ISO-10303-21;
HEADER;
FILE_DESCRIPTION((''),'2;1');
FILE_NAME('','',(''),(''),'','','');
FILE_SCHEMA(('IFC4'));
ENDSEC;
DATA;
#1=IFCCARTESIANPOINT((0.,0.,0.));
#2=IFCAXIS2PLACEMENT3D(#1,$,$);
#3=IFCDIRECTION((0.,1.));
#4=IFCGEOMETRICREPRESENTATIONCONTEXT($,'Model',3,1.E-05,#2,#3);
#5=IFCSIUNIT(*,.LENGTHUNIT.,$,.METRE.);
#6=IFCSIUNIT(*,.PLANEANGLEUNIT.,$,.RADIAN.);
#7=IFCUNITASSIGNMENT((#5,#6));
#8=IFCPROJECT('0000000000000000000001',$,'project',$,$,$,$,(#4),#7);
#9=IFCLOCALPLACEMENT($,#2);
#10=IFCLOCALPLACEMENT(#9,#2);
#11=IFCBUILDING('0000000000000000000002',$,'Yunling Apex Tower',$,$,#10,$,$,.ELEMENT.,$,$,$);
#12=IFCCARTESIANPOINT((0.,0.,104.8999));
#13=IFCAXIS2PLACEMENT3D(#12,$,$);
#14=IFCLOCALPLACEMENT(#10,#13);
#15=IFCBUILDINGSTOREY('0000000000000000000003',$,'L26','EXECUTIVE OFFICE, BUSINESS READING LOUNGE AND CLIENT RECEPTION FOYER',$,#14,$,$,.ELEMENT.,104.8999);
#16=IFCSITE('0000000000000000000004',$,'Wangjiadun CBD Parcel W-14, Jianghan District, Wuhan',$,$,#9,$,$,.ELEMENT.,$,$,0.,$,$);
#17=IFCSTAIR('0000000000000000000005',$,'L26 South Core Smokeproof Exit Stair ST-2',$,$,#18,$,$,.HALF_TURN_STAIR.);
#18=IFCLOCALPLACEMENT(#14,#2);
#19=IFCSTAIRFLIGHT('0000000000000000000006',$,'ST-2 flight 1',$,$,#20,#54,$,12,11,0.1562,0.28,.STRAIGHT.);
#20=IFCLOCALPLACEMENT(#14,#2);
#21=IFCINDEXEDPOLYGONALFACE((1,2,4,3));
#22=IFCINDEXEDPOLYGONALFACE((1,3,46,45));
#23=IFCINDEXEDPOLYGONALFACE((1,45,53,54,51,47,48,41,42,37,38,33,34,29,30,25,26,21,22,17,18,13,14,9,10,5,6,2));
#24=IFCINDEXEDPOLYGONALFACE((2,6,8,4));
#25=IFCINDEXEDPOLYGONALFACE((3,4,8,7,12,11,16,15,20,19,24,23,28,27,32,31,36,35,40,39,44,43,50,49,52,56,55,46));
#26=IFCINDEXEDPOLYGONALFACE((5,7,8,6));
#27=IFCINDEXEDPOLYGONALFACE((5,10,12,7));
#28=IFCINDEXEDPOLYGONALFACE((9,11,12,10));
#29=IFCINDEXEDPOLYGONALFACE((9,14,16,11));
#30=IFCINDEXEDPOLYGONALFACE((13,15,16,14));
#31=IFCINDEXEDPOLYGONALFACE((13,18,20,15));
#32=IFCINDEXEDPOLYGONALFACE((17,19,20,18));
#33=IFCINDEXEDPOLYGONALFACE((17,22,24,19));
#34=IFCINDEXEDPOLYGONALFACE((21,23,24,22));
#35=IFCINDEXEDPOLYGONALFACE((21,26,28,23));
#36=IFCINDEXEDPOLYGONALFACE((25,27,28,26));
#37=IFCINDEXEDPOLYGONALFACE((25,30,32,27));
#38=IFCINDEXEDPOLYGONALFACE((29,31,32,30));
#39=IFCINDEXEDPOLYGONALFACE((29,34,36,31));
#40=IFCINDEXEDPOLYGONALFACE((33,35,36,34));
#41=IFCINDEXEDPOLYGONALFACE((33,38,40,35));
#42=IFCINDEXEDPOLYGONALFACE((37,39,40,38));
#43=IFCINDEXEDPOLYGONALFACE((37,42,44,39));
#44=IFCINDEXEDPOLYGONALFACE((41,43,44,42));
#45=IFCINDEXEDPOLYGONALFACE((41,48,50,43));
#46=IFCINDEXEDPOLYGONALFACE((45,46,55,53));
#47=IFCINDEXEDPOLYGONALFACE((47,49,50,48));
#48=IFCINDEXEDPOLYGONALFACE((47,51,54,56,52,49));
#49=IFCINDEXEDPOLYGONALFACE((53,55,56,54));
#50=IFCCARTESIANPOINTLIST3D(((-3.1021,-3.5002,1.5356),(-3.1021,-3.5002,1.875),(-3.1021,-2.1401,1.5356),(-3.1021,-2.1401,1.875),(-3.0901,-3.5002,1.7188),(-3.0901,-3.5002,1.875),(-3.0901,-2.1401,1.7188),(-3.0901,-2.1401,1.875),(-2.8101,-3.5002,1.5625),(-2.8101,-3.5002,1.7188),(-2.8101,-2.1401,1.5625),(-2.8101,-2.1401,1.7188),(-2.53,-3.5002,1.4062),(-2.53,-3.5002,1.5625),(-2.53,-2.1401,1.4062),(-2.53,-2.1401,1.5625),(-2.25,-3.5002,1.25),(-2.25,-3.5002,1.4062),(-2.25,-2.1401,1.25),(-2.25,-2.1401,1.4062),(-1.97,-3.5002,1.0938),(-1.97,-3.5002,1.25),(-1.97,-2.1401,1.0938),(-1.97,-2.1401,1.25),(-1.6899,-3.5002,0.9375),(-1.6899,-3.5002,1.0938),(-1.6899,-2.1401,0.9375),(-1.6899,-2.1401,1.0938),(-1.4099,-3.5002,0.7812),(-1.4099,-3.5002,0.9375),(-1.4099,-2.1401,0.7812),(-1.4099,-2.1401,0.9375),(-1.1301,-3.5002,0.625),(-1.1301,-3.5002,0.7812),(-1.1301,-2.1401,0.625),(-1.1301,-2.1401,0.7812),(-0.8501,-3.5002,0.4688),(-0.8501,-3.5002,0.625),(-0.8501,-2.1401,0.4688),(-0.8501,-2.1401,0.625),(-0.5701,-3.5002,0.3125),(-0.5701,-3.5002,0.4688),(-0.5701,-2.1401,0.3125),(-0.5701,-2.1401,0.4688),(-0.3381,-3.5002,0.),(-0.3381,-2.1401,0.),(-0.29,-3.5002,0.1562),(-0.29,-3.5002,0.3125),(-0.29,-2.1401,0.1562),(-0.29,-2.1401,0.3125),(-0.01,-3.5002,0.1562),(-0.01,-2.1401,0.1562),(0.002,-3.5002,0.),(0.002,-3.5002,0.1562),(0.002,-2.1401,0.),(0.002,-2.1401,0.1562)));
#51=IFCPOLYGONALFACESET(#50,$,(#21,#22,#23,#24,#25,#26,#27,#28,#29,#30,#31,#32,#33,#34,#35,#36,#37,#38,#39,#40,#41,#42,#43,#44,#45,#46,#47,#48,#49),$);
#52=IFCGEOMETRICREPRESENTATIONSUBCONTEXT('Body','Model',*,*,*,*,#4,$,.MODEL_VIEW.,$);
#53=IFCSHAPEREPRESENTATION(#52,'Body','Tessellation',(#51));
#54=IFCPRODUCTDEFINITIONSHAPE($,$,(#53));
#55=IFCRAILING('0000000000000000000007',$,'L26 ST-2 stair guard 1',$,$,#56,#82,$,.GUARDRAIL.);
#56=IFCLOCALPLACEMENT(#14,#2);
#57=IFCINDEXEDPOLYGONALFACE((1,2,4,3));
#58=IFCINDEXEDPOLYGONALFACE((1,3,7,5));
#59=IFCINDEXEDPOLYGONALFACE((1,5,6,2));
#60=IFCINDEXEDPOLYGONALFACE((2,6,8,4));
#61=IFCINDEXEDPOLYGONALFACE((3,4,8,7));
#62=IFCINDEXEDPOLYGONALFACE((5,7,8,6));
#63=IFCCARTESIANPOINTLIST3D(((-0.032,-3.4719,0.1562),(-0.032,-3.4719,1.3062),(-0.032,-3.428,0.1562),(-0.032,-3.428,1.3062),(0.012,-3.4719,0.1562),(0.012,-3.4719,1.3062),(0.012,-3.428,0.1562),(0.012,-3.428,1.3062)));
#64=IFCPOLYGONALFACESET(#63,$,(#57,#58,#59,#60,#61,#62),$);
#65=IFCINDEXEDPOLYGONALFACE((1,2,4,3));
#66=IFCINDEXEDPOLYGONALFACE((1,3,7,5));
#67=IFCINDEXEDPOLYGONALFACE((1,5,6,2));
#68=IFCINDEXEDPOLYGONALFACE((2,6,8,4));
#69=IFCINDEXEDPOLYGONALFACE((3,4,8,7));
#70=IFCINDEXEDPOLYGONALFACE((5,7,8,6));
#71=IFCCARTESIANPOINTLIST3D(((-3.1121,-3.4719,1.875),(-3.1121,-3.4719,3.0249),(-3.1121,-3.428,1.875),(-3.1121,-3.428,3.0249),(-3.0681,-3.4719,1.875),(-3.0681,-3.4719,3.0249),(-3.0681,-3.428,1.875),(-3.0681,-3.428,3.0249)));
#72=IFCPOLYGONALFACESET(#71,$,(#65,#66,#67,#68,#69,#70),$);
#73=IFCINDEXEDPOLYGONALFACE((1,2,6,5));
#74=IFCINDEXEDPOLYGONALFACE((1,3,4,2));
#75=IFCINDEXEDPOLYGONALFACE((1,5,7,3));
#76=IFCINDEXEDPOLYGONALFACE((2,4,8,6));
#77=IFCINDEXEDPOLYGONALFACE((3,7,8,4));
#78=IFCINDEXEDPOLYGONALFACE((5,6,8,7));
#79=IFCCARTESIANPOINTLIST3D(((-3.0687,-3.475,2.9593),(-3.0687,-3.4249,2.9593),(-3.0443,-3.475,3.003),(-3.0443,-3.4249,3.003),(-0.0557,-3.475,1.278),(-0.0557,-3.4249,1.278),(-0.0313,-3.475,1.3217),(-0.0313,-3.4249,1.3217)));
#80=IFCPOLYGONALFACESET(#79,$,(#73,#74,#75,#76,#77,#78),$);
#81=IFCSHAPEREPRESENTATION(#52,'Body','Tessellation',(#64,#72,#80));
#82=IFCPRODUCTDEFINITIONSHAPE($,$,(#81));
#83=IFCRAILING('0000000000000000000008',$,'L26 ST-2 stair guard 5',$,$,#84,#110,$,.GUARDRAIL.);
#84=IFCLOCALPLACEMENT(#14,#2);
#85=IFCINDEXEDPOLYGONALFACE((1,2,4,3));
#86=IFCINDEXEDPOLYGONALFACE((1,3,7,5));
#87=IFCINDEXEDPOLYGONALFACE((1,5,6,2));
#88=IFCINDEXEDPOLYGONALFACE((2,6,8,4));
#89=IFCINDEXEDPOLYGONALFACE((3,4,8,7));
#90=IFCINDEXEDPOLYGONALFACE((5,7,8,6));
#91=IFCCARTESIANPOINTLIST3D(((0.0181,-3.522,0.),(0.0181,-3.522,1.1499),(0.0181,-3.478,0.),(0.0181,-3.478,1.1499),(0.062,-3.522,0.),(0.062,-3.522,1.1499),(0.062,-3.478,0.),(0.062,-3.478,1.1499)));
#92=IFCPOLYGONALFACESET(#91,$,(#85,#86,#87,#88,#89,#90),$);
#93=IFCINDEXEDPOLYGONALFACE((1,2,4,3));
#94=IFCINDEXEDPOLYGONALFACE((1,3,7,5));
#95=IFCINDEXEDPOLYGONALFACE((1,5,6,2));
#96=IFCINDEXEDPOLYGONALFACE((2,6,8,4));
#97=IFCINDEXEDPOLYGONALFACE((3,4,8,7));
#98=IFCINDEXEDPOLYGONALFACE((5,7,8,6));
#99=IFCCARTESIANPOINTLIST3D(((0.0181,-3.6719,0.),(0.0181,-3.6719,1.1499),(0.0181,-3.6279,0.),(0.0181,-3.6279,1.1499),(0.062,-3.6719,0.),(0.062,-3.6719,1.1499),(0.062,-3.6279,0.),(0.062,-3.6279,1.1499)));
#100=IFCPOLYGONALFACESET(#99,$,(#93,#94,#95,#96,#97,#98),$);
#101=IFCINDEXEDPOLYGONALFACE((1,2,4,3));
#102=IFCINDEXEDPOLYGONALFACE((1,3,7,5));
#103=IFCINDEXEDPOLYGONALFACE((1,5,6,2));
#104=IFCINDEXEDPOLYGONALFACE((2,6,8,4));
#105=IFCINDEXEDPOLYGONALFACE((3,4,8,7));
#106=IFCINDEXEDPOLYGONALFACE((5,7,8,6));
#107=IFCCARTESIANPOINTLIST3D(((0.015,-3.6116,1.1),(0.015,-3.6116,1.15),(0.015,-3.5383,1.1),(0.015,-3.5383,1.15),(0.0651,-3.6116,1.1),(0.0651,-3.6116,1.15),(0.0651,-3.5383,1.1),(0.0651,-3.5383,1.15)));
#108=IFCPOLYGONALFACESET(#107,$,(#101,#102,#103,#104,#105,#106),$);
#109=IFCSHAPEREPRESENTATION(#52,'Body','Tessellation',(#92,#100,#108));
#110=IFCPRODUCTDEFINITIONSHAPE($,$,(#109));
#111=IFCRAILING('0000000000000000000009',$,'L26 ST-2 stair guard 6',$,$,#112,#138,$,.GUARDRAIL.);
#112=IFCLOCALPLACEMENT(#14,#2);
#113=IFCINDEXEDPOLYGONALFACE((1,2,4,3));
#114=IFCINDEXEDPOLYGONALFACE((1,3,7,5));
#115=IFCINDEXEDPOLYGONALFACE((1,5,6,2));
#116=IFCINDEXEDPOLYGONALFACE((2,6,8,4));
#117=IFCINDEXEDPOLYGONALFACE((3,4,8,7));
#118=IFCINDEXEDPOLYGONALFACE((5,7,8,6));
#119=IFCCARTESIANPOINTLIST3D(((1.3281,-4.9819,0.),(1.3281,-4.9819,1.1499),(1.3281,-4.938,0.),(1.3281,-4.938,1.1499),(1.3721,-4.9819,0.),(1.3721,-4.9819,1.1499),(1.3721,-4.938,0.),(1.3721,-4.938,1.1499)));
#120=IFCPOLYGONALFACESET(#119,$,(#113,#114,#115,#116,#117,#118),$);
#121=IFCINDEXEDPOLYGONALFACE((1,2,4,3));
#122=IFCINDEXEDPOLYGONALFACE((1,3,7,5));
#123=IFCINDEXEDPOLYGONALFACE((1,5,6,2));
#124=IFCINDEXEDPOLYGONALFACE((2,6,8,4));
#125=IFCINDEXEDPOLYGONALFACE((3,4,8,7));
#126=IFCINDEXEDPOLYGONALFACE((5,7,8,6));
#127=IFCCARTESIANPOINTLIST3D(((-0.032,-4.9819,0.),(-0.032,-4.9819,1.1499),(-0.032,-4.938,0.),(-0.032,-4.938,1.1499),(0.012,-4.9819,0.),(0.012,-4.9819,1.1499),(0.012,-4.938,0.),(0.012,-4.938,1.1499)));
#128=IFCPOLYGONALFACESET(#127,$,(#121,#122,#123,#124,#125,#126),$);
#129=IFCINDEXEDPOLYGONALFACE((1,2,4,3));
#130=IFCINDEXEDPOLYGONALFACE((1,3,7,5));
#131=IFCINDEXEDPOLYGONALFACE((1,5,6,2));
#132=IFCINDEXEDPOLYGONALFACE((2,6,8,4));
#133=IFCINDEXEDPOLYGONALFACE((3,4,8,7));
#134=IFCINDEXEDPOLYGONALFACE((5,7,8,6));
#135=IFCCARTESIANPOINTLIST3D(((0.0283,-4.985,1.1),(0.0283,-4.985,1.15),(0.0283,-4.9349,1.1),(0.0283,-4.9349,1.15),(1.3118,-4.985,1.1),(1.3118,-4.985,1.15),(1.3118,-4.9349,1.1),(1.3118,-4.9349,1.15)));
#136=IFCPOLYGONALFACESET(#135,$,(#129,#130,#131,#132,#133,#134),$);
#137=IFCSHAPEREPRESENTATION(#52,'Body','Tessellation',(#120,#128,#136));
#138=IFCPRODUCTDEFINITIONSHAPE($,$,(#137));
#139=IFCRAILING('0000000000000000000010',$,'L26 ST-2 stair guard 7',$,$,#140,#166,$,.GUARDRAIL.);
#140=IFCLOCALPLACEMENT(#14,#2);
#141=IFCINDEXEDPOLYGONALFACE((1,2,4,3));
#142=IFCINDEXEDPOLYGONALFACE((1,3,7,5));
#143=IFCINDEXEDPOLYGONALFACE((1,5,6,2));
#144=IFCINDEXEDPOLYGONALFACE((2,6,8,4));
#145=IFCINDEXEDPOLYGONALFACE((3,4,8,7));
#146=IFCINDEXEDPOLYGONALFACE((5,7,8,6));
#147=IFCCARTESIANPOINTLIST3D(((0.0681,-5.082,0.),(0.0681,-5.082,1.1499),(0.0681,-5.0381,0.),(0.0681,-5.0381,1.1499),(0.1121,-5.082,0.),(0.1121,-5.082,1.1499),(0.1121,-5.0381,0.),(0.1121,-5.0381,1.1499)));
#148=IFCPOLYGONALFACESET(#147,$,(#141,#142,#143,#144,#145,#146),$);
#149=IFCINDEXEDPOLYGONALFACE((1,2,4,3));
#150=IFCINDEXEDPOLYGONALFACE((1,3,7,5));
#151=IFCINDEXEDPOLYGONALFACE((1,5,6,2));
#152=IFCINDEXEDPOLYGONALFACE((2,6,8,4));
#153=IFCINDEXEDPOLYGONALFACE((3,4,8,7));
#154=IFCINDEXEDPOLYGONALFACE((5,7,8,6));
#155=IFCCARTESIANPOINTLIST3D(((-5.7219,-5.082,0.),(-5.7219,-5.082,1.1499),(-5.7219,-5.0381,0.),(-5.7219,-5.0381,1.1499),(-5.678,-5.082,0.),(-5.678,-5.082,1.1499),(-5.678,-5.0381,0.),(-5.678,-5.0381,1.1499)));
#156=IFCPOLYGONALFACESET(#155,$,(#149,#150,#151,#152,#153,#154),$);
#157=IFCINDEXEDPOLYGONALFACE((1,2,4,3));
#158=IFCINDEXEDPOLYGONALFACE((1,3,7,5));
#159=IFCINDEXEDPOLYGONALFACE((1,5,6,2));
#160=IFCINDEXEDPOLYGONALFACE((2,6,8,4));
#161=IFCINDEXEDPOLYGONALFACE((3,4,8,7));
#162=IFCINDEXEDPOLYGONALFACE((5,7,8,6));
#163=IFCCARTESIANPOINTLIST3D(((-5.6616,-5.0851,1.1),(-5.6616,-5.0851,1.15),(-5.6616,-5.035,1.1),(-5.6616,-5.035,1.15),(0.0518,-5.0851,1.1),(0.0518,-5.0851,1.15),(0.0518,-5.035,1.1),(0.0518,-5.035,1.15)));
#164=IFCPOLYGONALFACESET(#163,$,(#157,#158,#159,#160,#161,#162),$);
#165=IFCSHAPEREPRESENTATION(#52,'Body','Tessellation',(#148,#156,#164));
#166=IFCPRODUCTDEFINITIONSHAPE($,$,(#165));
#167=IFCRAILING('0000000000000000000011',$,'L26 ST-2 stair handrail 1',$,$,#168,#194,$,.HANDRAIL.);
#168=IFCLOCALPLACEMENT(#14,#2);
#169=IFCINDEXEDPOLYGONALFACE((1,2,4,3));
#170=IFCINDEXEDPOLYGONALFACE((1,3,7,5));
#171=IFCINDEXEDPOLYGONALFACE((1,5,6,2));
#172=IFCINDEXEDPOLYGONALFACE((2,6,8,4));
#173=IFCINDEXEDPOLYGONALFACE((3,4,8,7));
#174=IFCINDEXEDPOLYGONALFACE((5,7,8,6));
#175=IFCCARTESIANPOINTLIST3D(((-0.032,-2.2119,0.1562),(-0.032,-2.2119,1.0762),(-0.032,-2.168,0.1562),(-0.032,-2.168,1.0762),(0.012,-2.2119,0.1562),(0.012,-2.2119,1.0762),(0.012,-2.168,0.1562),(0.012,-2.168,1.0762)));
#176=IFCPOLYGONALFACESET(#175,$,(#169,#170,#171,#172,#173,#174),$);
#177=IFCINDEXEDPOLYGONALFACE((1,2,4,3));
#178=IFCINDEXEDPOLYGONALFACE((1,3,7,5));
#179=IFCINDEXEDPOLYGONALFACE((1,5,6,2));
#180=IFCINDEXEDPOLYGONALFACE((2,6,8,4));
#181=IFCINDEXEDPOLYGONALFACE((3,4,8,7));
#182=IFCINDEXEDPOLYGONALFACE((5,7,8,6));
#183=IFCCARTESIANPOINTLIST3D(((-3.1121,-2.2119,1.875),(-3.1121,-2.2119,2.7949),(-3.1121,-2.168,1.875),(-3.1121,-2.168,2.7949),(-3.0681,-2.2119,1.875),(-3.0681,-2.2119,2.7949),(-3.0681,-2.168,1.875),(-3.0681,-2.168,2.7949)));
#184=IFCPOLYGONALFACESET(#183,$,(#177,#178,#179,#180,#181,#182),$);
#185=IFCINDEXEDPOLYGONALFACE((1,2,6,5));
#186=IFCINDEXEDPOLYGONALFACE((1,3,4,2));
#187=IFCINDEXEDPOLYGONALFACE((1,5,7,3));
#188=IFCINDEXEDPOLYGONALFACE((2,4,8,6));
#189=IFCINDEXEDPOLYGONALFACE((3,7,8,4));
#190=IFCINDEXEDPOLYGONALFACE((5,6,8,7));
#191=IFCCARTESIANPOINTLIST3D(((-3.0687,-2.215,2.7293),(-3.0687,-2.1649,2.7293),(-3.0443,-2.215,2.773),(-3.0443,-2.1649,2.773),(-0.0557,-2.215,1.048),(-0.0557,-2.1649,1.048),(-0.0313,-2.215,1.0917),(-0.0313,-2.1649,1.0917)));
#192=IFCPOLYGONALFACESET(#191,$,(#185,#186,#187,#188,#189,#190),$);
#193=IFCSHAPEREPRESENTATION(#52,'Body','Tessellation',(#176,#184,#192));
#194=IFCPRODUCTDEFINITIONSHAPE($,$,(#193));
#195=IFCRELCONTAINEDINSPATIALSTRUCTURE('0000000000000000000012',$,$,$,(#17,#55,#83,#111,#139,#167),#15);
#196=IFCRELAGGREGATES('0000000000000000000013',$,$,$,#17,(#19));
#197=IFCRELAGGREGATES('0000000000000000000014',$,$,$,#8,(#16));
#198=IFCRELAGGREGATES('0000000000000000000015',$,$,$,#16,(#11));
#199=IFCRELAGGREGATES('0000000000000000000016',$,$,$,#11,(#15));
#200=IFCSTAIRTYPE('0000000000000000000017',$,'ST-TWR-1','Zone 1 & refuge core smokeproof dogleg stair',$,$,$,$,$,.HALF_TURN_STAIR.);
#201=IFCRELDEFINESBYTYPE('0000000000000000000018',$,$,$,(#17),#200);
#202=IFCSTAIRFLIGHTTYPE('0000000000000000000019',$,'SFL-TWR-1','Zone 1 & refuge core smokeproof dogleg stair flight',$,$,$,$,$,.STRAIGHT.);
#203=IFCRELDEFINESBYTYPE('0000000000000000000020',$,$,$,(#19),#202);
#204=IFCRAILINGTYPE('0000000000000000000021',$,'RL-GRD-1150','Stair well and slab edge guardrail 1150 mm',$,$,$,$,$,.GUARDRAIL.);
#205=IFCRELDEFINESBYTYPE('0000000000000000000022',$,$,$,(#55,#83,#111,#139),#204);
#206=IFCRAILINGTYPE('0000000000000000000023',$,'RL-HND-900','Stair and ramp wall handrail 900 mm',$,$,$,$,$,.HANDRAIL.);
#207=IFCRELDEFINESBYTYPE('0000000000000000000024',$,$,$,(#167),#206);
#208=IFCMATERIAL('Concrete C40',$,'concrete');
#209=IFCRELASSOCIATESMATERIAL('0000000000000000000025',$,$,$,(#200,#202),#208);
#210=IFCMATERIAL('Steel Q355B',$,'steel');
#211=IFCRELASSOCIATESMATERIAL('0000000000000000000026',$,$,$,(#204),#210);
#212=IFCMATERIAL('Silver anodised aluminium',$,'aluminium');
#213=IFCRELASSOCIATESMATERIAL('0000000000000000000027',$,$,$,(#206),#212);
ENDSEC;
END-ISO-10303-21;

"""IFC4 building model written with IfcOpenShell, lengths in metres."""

from ifc_helpers import new_model, si_unit, direction, frame, origin, origin_2d, place, context, subcontext, project, spatial, polyline, rectangle, outline, extrude, material, type_object, element, aggregate, save


model = new_model("IFC4")

# Units and contexts
model_context = context("Model", 3, precision=1e-05, world=origin(), true_north=direction((0.0, 1.0)))
body_context = subcontext(model_context, "Body", "Model", "MODEL_VIEW")
ifc_project = project(units=[si_unit("LENGTHUNIT", "METRE"), si_unit("PLANEANGLEUNIT", "RADIAN")], contexts=[model_context])

# Site, building, storey
site_placement = place(None, origin())
site = spatial("IfcSite", under=ifc_project, at=site_placement, Name="Wangjiadun CBD Parcel W-14, Jianghan District, Wuhan", CompositionType="ELEMENT", RefElevation=0.0)
building_placement = place(site_placement, origin())
building = spatial("IfcBuilding", under=site, at=building_placement, Name="Yunling Apex Tower", CompositionType="ELEMENT")
storey_placement = place(building_placement, frame((0.0, 0.0, 104.8999)))
storey = spatial("IfcBuildingStorey", under=building, at=storey_placement, Name="L26", Description="EXECUTIVE OFFICE, BUSINESS READING LOUNGE AND CLIENT RECEPTION FOYER", CompositionType="ELEMENT", Elevation=104.8999)

# Shared definitions
ifc_material_1 = material(Name="Concrete C40", Category="concrete")

# Shared definitions
ifc_material_2 = material(Name="Steel Q355B", Category="steel")

# Stair, stair flight
stair_type = type_object("IfcStairType", Name="ST-TWR-1", Description="Zone 1 & refuge core smokeproof dogleg stair", PredefinedType="HALF_TURN_STAIR", material=ifc_material_1)
stair_placement = place(storey_placement, origin())
stair = element("IfcStair", 1, at=stair_placement, inside=storey, type_object=stair_type, Name="L26 South Core Smokeproof Exit Stair ST-2", PredefinedType="HALF_TURN_STAIR")
stair_flight_type = type_object("IfcStairFlightType", Name="SFL-TWR-1", Description="Zone 1 & refuge core smokeproof dogleg stair flight", PredefinedType="STRAIGHT", material=ifc_material_1)
stair_flight_placement = place(storey_placement, frame((-0.01, -2.8201, 0.0), z_axis=(0.0, 0.0, 1.0), x_axis=(-1.0, 0.0, 0.0)))
stair_flight = element("IfcStairFlight", 2, at=stair_flight_placement, type_object=stair_flight_type, Name="ST-2 flight 1", NumberOfRisers=12, NumberOfTreads=11, PredefinedType="STRAIGHT", RiserHeight=0.1562, TreadLength=0.28, context=body_context, shape_type="SweptSolid", body=[
    extrude(outline(polyline([(-0.012, 0.0), (-0.012, 0.1562), (0.0, 0.1562), (0.28, 0.1562), (0.28, 0.3125), (0.5601, 0.3125), (0.5601, 0.4688), (0.8401, 0.4688), (0.8401, 0.625), (1.1201, 0.625), (1.1201, 0.7812), (1.3999, 0.7812), (1.3999, 0.9375), (1.6799, 0.9375), (1.6799, 1.0938), (1.96, 1.0938), (1.96, 1.25), (2.24, 1.25), (2.24, 1.4062), (2.52, 1.4062), (2.52, 1.5625), (2.8, 1.5625), (2.8, 1.7188), (3.0801, 1.7188), (3.0801, 1.875), (3.092, 1.875), (3.092, 1.5356), (0.3281, 0.0), (-0.012, 0.0)])), frame((0.0, 0.6802, 0.0), z_axis=(0.0, -1.0, 0.0), x_axis=(1.0, 0.0, 0.0)), (0.0, 0.0, 1.0), 1.3601),
])
aggregate(stair, [stair_flight])

# Railings
railing_type_1 = type_object("IfcRailingType", Name="RL-GRD-1150", Description="Stair well and slab edge guardrail 1150 mm", PredefinedType="GUARDRAIL", material=ifc_material_2)
railing_1_placement = place(storey_placement, frame((-0.01, -3.45, 0.1562)))
element("IfcRailing", 3, at=railing_1_placement, inside=storey, type_object=railing_type_1, Name="L26 ST-2 stair guard 1", PredefinedType="GUARDRAIL", context=body_context, shape_type="SweptSolid", body=[
    extrude(rectangle(XDim=0.0439, YDim=0.0439, at=origin_2d()), origin(), (0.0, 0.0, 1.0), 1.1499),
    extrude(rectangle(XDim=0.0439, YDim=0.0439, at=origin_2d()), frame((-3.0801, 0.0, 1.7188)), (0.0, 0.0, 1.0), 1.1499),
    extrude(rectangle(XDim=0.05, YDim=0.05, at=origin_2d()), frame((-0.0334, 0.0, 1.1436), z_axis=(-0.873242, 0.0, 0.487288), x_axis=(0.0, -1.0, 0.0)), (0.0, 0.0, 1.0), 3.4504),
])
railing_2_placement = place(storey_placement, frame((0.04, -3.5, 0.0)))
element("IfcRailing", 4, at=railing_2_placement, inside=storey, type_object=railing_type_1, Name="L26 ST-2 stair guard 5", PredefinedType="GUARDRAIL", context=body_context, shape_type="SweptSolid", body=[
    extrude(rectangle(XDim=0.0439, YDim=0.0439, at=origin_2d()), origin(), (0.0, 0.0, 1.0), 1.1499),
    extrude(rectangle(XDim=0.0439, YDim=0.0439, at=origin_2d()), frame((0.0, -0.1499, 0.0)), (0.0, 0.0, 1.0), 1.1499),
    extrude(rectangle(XDim=0.05, YDim=0.05, at=origin_2d()), frame((0.0, -0.0383, 1.125), z_axis=(0.0, -1.0, 0.0), x_axis=(1.0, 0.0, 0.0)), (0.0, 0.0, 1.0), 0.0732),
])
railing_3_placement = place(storey_placement, frame((1.3501, -4.96, 0.0)))
element("IfcRailing", 5, at=railing_3_placement, inside=storey, type_object=railing_type_1, Name="L26 ST-2 stair guard 6", PredefinedType="GUARDRAIL", context=body_context, shape_type="SweptSolid", body=[
    extrude(rectangle(XDim=0.0439, YDim=0.0439, at=origin_2d()), origin(), (0.0, 0.0, 1.0), 1.1499),
    extrude(rectangle(XDim=0.0439, YDim=0.0439, at=origin_2d()), frame((-1.3601, 0.0, 0.0)), (0.0, 0.0, 1.0), 1.1499),
    extrude(rectangle(XDim=0.05, YDim=0.05, at=origin_2d()), frame((-0.0383, 0.0, 1.125), z_axis=(-1.0, 0.0, 0.0), x_axis=(0.0, -1.0, 0.0)), (0.0, 0.0, 1.0), 1.2834),
])
railing_4_placement = place(storey_placement, frame((0.0901, -5.0601, 0.0)))
element("IfcRailing", 6, at=railing_4_placement, inside=storey, type_object=railing_type_1, Name="L26 ST-2 stair guard 7", PredefinedType="GUARDRAIL", context=body_context, shape_type="SweptSolid", body=[
    extrude(rectangle(XDim=0.0439, YDim=0.0439, at=origin_2d()), origin(), (0.0, 0.0, 1.0), 1.1499),
    extrude(rectangle(XDim=0.0439, YDim=0.0439, at=origin_2d()), frame((-5.79, 0.0, 0.0)), (0.0, 0.0, 1.0), 1.1499),
    extrude(rectangle(XDim=0.05, YDim=0.05, at=origin_2d()), frame((-0.0383, 0.0, 1.125), z_axis=(-1.0, 0.0, 0.0), x_axis=(0.0, -1.0, 0.0)), (0.0, 0.0, 1.0), 5.7134),
])
ifc_material_3 = material(Name="Silver anodised aluminium", Category="aluminium")
railing_type_2 = type_object("IfcRailingType", Name="RL-HND-900", Description="Stair and ramp wall handrail 900 mm", PredefinedType="HANDRAIL", material=ifc_material_3)
railing_5_placement = place(storey_placement, frame((-0.01, -2.1899, 0.1562)))
element("IfcRailing", 7, at=railing_5_placement, inside=storey, type_object=railing_type_2, Name="L26 ST-2 stair handrail 1", PredefinedType="HANDRAIL", context=body_context, shape_type="SweptSolid", body=[
    extrude(rectangle(XDim=0.0439, YDim=0.0439, at=origin_2d()), origin(), (0.0, 0.0, 1.0), 0.9199),
    extrude(rectangle(XDim=0.0439, YDim=0.0439, at=origin_2d()), frame((-3.0801, 0.0, 1.7188)), (0.0, 0.0, 1.0), 0.9199),
    extrude(rectangle(XDim=0.05, YDim=0.05, at=origin_2d()), frame((-0.0334, 0.0, 0.9136), z_axis=(-0.873242, 0.0, 0.487288), x_axis=(0.0, -1.0, 0.0)), (0.0, 0.0, 1.0), 3.4504),
])

save(model, "model.ifc")
